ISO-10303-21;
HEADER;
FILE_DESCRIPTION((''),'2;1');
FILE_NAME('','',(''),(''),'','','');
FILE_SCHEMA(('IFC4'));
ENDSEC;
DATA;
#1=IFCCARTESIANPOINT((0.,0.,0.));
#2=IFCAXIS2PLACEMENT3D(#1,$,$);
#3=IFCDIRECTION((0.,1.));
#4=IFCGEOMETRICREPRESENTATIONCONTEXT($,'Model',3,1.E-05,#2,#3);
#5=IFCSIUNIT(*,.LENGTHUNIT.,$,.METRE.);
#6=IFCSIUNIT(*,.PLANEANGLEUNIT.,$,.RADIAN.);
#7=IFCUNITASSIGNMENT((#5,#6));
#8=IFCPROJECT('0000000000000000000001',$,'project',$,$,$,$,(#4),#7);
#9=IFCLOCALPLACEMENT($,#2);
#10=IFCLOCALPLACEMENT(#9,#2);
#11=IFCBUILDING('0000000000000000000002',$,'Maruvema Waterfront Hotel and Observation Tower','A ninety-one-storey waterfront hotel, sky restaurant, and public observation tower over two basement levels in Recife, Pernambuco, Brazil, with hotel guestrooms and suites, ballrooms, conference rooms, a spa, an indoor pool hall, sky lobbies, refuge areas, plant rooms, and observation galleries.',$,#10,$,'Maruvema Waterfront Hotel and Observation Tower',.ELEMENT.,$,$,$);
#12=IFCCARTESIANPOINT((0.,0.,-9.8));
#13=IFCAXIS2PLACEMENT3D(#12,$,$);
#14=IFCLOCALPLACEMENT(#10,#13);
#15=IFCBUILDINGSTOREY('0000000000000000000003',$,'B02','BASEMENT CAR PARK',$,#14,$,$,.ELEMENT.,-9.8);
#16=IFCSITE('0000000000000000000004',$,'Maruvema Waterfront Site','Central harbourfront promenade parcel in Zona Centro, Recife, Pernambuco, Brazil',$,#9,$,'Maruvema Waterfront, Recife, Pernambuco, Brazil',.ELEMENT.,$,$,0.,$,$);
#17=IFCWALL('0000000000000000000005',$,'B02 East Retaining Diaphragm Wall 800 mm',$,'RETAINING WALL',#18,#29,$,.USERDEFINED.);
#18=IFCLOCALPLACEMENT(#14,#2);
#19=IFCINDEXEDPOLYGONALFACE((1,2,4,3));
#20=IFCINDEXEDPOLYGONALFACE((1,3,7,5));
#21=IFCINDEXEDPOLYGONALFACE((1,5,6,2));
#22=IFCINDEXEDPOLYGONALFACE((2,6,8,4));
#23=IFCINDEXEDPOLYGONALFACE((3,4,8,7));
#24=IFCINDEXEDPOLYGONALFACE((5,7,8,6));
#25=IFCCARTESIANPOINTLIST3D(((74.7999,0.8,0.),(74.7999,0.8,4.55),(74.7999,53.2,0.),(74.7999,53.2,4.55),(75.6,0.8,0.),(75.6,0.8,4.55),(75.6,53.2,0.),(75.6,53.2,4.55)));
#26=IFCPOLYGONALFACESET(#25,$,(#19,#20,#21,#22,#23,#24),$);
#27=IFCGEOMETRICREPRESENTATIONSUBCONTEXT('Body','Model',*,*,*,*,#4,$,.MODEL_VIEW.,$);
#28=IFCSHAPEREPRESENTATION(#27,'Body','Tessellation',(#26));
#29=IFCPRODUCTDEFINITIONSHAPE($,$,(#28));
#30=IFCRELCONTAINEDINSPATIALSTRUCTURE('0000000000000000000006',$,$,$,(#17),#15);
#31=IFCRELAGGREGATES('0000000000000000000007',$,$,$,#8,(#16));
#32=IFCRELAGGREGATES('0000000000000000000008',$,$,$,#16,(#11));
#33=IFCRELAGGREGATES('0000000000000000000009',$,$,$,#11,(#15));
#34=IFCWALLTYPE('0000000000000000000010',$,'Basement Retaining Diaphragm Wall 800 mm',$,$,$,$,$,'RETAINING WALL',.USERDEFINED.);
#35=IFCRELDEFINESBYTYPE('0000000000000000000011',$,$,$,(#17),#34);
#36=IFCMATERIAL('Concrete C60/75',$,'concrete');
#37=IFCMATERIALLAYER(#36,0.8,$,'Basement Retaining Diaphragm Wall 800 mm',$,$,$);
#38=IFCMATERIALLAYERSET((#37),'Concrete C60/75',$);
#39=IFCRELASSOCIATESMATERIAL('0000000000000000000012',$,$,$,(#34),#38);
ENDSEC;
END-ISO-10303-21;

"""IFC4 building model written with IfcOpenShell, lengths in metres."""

from ifc_helpers import new_model, si_unit, direction, frame, frame_2d, origin, place, context, subcontext, project, spatial, rectangle, extrude, material, layer, layer_set, type_object, element, save


model = new_model("IFC4")

# Units and contexts
model_context = context("Model", 3, precision=1e-05, world=origin(), true_north=direction((0.0, 1.0)))
body_context = subcontext(model_context, "Body", "Model", "MODEL_VIEW")
ifc_project = project(units=[si_unit("LENGTHUNIT", "METRE"), si_unit("PLANEANGLEUNIT", "RADIAN")], contexts=[model_context])

# Site, building, storey
site_placement = place(None, origin())
site = spatial("IfcSite", under=ifc_project, at=site_placement, Name="Maruvema Waterfront Site", Description="Central harbourfront promenade parcel in Zona Centro, Recife, Pernambuco, Brazil", LongName="Maruvema Waterfront, Recife, Pernambuco, Brazil", CompositionType="ELEMENT", RefElevation=0.0)
building_placement = place(site_placement, origin())
building = spatial("IfcBuilding", under=site, at=building_placement, Name="Maruvema Waterfront Hotel and Observation Tower", Description="A ninety-one-storey waterfront hotel, sky restaurant, and public observation tower over two basement levels in Recife, Pernambuco, Brazil, with hotel guestrooms and suites, ballrooms, conference rooms, a spa, an indoor pool hall, sky lobbies, refuge areas, plant rooms, and observation galleries.", LongName="Maruvema Waterfront Hotel and Observation Tower", CompositionType="ELEMENT")
storey_placement = place(building_placement, frame((0.0, 0.0, -9.8)))
storey = spatial("IfcBuildingStorey", under=building, at=storey_placement, Name="B02", Description="BASEMENT CAR PARK", CompositionType="ELEMENT", Elevation=-9.8)

# Wall
ifc_material_1 = material(Name="Concrete C60/75", Category="concrete")
ifc_layer = layer(ifc_material_1, 0.8, Name="Basement Retaining Diaphragm Wall 800 mm")
ifc_layer_set = layer_set([ifc_layer], Name="Concrete C60/75")
wall_type = type_object("IfcWallType", Name="Basement Retaining Diaphragm Wall 800 mm", ElementType="RETAINING WALL", PredefinedType="USERDEFINED", material=ifc_layer_set)
wall_placement = place(storey_placement, frame((75.2, 0.8, 0.0), z_axis=(0.0, 0.0, 1.0), x_axis=(0.0, 1.0, 0.0)))
element("IfcWall", 1, at=wall_placement, inside=storey, type_object=wall_type, Name="B02 East Retaining Diaphragm Wall 800 mm", ObjectType="RETAINING WALL", PredefinedType="USERDEFINED", context=body_context, shape_type="SweptSolid", body=[
    extrude(rectangle(XDim=52.3999, YDim=0.8, at=frame_2d((26.2, 0.0))), origin(), (0.0, 0.0, 1.0), 4.55),
])

save(model, "model.ifc")
